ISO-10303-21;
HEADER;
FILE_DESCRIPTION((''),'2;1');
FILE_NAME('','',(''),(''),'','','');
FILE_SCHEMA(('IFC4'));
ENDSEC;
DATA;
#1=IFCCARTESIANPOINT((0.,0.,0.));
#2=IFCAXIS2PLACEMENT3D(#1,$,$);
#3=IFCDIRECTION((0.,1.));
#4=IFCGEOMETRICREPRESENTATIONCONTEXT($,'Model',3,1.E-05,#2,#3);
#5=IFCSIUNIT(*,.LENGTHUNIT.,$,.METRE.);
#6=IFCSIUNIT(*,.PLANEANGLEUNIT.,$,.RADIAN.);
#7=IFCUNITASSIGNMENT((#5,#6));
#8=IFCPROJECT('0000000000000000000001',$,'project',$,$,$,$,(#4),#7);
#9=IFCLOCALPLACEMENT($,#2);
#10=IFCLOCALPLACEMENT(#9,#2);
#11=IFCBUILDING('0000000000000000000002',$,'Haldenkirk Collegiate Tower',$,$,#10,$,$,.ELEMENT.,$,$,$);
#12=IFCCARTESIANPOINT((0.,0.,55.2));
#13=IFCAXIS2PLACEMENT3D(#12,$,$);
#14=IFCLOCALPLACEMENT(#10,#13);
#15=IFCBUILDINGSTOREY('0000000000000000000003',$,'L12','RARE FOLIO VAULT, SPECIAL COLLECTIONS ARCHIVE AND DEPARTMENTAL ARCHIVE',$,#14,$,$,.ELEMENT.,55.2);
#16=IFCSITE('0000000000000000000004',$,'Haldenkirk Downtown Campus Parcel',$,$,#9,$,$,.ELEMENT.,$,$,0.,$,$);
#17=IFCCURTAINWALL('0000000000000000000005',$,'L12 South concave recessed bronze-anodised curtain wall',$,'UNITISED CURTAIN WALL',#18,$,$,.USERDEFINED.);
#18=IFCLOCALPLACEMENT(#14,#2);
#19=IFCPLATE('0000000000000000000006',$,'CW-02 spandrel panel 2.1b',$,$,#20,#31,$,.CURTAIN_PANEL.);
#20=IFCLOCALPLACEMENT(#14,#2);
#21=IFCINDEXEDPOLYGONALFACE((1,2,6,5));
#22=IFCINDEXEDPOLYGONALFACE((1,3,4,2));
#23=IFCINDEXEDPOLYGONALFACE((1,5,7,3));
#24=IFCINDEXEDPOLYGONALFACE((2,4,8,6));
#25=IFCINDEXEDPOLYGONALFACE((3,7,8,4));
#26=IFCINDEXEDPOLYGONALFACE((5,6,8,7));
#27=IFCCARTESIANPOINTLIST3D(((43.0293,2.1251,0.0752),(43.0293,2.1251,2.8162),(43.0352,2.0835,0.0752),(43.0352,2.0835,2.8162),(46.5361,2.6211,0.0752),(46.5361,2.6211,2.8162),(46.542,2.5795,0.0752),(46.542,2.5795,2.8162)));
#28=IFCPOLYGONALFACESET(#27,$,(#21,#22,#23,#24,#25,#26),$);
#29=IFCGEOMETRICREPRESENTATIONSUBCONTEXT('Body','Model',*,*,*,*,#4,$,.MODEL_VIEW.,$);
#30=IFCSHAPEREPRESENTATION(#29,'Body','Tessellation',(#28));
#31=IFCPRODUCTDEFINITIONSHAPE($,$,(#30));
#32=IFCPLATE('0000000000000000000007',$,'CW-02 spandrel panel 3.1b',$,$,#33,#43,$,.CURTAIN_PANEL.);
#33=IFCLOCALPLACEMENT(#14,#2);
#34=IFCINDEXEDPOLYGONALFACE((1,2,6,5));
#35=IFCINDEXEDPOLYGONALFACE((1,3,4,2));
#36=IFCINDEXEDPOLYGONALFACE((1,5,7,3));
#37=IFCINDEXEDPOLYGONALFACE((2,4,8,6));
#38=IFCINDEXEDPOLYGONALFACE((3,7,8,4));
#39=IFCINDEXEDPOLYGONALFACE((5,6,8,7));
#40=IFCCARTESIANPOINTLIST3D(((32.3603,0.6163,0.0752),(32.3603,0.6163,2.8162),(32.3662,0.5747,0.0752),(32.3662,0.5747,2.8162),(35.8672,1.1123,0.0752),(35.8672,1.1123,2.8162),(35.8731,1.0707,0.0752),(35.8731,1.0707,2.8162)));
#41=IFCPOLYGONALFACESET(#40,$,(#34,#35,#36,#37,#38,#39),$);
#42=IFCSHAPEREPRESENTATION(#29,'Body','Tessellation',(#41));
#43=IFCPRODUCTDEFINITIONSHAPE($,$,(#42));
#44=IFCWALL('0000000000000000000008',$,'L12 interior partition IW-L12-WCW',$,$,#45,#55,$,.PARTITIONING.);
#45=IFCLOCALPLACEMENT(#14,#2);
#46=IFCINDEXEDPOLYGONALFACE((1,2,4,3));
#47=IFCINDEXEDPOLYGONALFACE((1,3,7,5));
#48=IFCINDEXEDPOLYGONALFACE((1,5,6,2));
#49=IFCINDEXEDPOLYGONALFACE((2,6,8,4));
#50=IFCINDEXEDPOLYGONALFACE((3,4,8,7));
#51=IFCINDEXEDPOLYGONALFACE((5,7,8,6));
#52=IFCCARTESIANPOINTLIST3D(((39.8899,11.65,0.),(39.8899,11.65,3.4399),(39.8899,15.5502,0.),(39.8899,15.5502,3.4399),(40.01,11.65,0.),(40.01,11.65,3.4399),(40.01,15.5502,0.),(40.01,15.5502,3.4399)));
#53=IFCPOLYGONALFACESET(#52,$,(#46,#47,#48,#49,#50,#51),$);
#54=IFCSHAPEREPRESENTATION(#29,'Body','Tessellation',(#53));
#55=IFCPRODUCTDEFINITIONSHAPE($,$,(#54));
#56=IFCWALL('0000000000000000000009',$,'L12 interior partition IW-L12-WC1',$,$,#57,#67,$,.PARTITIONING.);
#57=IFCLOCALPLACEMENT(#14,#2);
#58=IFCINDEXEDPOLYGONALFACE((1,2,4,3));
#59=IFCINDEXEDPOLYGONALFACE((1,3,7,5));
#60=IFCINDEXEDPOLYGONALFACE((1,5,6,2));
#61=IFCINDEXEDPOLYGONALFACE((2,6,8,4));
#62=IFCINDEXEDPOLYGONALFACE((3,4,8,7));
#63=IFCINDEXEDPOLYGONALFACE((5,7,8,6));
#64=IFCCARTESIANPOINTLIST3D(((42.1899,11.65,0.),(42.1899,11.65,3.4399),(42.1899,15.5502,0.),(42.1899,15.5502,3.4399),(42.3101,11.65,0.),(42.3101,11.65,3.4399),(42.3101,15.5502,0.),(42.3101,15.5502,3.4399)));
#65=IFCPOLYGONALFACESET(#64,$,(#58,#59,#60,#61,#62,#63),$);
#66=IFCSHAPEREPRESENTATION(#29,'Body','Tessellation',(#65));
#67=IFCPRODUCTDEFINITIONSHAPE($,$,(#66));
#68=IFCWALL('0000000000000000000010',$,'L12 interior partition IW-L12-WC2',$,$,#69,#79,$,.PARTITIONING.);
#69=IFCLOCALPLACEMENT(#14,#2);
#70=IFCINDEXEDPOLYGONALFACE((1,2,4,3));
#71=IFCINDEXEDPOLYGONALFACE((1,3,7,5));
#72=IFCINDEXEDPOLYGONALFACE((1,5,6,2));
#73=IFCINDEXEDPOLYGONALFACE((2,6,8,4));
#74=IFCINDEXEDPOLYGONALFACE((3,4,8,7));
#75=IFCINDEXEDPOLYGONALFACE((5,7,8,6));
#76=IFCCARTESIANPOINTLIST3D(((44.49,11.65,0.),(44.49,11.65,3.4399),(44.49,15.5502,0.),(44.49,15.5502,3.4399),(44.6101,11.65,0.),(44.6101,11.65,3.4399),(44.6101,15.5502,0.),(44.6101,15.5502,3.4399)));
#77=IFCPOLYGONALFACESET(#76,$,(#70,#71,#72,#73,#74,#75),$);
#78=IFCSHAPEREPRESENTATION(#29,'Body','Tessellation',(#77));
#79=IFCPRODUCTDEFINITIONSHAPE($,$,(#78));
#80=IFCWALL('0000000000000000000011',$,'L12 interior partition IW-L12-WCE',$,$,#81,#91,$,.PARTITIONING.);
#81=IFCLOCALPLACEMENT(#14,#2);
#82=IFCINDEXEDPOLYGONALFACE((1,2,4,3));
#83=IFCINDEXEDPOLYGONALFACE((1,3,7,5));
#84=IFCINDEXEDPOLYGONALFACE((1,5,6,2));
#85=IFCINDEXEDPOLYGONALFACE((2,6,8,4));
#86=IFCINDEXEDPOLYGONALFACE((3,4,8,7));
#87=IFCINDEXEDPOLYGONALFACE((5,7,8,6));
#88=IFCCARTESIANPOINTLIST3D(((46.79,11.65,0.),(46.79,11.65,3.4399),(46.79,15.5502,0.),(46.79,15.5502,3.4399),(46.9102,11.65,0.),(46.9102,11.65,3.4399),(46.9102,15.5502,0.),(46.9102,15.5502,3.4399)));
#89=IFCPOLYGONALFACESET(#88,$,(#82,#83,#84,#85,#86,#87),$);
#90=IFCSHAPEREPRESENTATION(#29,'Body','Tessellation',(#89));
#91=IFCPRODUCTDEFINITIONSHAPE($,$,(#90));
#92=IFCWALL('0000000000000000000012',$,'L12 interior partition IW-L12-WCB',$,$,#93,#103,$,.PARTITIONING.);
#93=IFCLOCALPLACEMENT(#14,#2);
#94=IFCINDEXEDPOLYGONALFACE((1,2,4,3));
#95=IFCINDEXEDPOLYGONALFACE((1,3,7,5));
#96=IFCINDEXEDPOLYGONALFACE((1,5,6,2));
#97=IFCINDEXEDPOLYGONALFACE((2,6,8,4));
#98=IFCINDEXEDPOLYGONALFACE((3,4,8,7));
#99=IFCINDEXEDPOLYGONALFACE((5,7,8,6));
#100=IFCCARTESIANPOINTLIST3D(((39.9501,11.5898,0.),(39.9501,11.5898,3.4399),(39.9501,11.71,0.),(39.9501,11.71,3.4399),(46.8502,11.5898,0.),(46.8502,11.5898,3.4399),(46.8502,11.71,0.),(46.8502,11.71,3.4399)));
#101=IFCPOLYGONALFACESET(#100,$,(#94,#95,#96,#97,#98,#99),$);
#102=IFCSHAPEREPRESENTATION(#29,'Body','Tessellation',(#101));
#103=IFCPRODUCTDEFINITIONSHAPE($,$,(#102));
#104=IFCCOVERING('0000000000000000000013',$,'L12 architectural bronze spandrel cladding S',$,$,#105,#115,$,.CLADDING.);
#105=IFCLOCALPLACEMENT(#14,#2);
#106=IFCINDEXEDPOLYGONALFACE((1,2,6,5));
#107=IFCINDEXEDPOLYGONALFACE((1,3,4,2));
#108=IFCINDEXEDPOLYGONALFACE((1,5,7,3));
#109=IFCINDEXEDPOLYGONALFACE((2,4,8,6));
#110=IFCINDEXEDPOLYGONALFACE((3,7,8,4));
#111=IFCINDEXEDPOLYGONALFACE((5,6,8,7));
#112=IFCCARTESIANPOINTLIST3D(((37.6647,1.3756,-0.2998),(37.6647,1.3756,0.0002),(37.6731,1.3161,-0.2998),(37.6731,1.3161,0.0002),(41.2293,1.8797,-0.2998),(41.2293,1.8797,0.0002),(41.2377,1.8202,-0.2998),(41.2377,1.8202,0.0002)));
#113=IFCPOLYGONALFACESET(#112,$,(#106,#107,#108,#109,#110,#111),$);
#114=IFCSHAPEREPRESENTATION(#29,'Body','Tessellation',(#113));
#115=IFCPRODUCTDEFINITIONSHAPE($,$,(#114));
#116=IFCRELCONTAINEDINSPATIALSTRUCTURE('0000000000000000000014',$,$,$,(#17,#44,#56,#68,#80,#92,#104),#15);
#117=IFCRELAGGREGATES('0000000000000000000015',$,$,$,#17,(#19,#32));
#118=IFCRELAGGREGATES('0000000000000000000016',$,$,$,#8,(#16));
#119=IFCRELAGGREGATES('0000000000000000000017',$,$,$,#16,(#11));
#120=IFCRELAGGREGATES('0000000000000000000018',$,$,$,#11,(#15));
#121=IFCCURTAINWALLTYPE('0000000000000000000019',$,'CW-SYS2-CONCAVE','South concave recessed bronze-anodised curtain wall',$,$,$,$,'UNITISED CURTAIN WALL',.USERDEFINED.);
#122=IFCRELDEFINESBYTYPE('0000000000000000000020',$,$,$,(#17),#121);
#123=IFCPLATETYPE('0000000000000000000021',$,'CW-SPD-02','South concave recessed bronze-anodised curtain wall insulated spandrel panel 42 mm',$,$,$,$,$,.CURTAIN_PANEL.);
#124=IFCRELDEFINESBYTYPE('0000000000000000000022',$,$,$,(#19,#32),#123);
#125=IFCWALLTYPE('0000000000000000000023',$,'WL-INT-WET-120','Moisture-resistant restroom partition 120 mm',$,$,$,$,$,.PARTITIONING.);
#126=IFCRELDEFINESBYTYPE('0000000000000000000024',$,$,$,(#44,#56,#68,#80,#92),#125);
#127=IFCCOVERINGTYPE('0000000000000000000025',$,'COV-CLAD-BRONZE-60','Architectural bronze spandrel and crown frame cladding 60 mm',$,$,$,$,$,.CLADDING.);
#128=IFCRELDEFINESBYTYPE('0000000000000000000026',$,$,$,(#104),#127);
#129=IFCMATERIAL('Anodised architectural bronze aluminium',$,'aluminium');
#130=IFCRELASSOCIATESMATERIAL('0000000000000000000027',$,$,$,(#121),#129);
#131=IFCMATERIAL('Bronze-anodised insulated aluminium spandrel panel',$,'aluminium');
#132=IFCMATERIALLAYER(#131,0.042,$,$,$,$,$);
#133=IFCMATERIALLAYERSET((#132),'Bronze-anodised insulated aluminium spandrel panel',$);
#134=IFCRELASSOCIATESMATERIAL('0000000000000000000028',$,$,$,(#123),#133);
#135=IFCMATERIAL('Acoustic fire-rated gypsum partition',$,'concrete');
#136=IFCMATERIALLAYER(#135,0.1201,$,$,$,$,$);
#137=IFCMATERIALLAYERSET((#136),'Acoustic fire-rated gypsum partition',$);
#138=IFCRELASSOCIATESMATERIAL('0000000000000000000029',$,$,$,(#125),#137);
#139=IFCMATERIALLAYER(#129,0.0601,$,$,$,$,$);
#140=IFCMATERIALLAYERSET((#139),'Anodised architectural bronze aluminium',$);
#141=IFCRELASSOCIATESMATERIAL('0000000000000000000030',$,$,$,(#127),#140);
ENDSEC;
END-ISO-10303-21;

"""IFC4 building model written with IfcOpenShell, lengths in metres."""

from ifc_helpers import new_model, si_unit, direction, frame, frame_2d, origin, origin_2d, place, context, subcontext, project, spatial, rectangle, extrude, source, transform, mapped, material, layer, layer_set, type_object, element, aggregate, save


model = new_model("IFC4")

# Units and contexts
model_context = context("Model", 3, precision=1e-05, world=origin(), true_north=direction((0.0, 1.0)))
body_context = subcontext(model_context, "Body", "Model", "MODEL_VIEW")
ifc_project = project(units=[si_unit("LENGTHUNIT", "METRE"), si_unit("PLANEANGLEUNIT", "RADIAN")], contexts=[model_context])

# Site, building, storey
site_placement = place(None, origin())
site = spatial("IfcSite", under=ifc_project, at=site_placement, Name="Haldenkirk Downtown Campus Parcel", CompositionType="ELEMENT", RefElevation=0.0)
building_placement = place(site_placement, origin())
building = spatial("IfcBuilding", under=site, at=building_placement, Name="Haldenkirk Collegiate Tower", CompositionType="ELEMENT")
storey_placement = place(building_placement, frame((0.0, 0.0, 55.2)))
storey = spatial("IfcBuildingStorey", under=building, at=storey_placement, Name="L12", Description="RARE FOLIO VAULT, SPECIAL COLLECTIONS ARCHIVE AND DEPARTMENTAL ARCHIVE", CompositionType="ELEMENT", Elevation=55.2)

# Curtain wall, plates
ifc_material_1 = material(Name="Anodised architectural bronze aluminium", Category="aluminium")
curtain_wall_type = type_object("IfcCurtainWallType", Name="CW-SYS2-CONCAVE", Description="South concave recessed bronze-anodised curtain wall", ElementType="UNITISED CURTAIN WALL", PredefinedType="USERDEFINED", material=ifc_material_1)
curtain_wall_placement = place(storey_placement, origin())
curtain_wall = element("IfcCurtainWall", 1, at=curtain_wall_placement, inside=storey, type_object=curtain_wall_type, Name="L12 South concave recessed bronze-anodised curtain wall", ObjectType="UNITISED CURTAIN WALL", PredefinedType="USERDEFINED")
ifc_material_2 = material(Name="Bronze-anodised insulated aluminium spandrel panel", Category="aluminium")
ifc_layer_1 = layer(ifc_material_2, 0.042)
ifc_layer_set_1 = layer_set([ifc_layer_1], Name="Bronze-anodised insulated aluminium spandrel panel")
plate_type_1 = type_object("IfcPlateType", Name="CW-SPD-02", Description="South concave recessed bronze-anodised curtain wall insulated spandrel panel 42 mm", PredefinedType="CURTAIN_PANEL", material=ifc_layer_set_1)
shared_shape_1 = source(origin(), body_context, "Body", "SweptSolid", [
    extrude(rectangle(XDim=3.5417, YDim=0.042, at=origin_2d()), origin(), (0.0, 0.0, 1.0), 2.741),
])
plate_1_placement = place(storey_placement, frame((44.7856, 2.3523, 0.0752), z_axis=(0.0, 0.0, 1.0), x_axis=(-0.990146, -0.140039, 0.0)))
plate_1 = element("IfcPlate", 2, at=plate_1_placement, type_object=plate_type_1, Name="CW-02 spandrel panel 2.1b", PredefinedType="CURTAIN_PANEL", context=body_context, shape_type="MappedRepresentation", body=[
    mapped(shared_shape_1, transform((0.0, 0.0, 0.0), x_axis=(1.0, 0.0, 0.0), y_axis=(0.0, 1.0, 0.0), z_axis=(0.0, 0.0, 1.0), scale=1.0)),
])
plate_2_placement = place(storey_placement, frame((34.1167, 0.8435, 0.0752), z_axis=(0.0, 0.0, 1.0), x_axis=(-0.990146, -0.140039, 0.0)))
plate_2 = element("IfcPlate", 3, at=plate_2_placement, type_object=plate_type_1, Name="CW-02 spandrel panel 3.1b", PredefinedType="CURTAIN_PANEL", context=body_context, shape_type="MappedRepresentation", body=[
    mapped(shared_shape_1, transform((0.0, 0.0, 0.0), x_axis=(1.0, 0.0, 0.0), y_axis=(0.0, 1.0, 0.0), z_axis=(0.0, 0.0, 1.0), scale=1.0)),
])
aggregate(curtain_wall, [plate_1, plate_2])

# Walls
ifc_material_3 = material(Name="Acoustic fire-rated gypsum partition", Category="concrete")
ifc_layer_2 = layer(ifc_material_3, 0.1201)
ifc_layer_set_2 = layer_set([ifc_layer_2], Name="Acoustic fire-rated gypsum partition")
wall_type = type_object("IfcWallType", Name="WL-INT-WET-120", Description="Moisture-resistant restroom partition 120 mm", PredefinedType="PARTITIONING", material=ifc_layer_set_2)
for number, where, z_axis, x_axis, name in (
    (4, (39.95, 11.6499, 0.0), (0.0, 0.0, 1.0), (0.0, 1.0, 0.0), "L12 interior partition IW-L12-WCW"),
    (5, (42.25, 11.6499, 0.0), (0.0, 0.0, 1.0), (0.0, 1.0, 0.0), "L12 interior partition IW-L12-WC1"),
    (6, (44.55, 11.6499, 0.0), (0.0, 0.0, 1.0), (0.0, 1.0, 0.0), "L12 interior partition IW-L12-WC2"),
    (7, (46.8501, 11.6499, 0.0), (0.0, 0.0, 1.0), (0.0, 1.0, 0.0), "L12 interior partition IW-L12-WCE"),
):
    element("IfcWall", number, at=place(storey_placement, frame(where, z_axis=z_axis, x_axis=x_axis)), inside=storey, type_object=wall_type, Name=name, PredefinedType="PARTITIONING", context=body_context, shape_type="SweptSolid", body=[
        extrude(rectangle(XDim=3.9001, YDim=0.1201, at=frame_2d((1.9502, 0.0))), origin(), (0.0, 0.0, 1.0), 3.4399),
    ])
wall_placement = place(storey_placement, frame((39.95, 11.6499, 0.0), z_axis=(0.0, 0.0, 1.0), x_axis=(1.0, 0.0, 0.0)))
element("IfcWall", 8, at=wall_placement, inside=storey, type_object=wall_type, Name="L12 interior partition IW-L12-WCB", PredefinedType="PARTITIONING", context=body_context, shape_type="SweptSolid", body=[
    extrude(rectangle(XDim=6.9001, YDim=0.1201, at=frame_2d((3.4502, 0.0))), origin(), (0.0, 0.0, 1.0), 3.4399),
])

# Covering
ifc_layer_3 = layer(ifc_material_1, 0.0601)
ifc_layer_set_3 = layer_set([ifc_layer_3], Name="Anodised architectural bronze aluminium")
covering_type = type_object("IfcCoveringType", Name="COV-CLAD-BRONZE-60", Description="Architectural bronze spandrel and crown frame cladding 60 mm", PredefinedType="CLADDING", material=ifc_layer_set_3)
shared_shape_2 = source(origin(), body_context, "Body", "SweptSolid", [
    extrude(rectangle(XDim=3.6001, YDim=0.0601, at=origin_2d()), origin(), (0.0, 0.0, 1.0), 0.3),
])
covering_placement = place(storey_placement, frame((39.4512, 1.5979, -0.2998), z_axis=(0.0, 0.0, 1.0), x_axis=(-0.990146, -0.140037, 0.0)))
element("IfcCovering", 9, at=covering_placement, inside=storey, type_object=covering_type, Name="L12 architectural bronze spandrel cladding S", PredefinedType="CLADDING", context=body_context, shape_type="MappedRepresentation", body=[
    mapped(shared_shape_2, transform((0.0, 0.0, 0.0), x_axis=(1.0, 0.0, 0.0), y_axis=(0.0, 1.0, 0.0), z_axis=(0.0, 0.0, 1.0), scale=1.0)),
])

save(model, "model.ifc")
